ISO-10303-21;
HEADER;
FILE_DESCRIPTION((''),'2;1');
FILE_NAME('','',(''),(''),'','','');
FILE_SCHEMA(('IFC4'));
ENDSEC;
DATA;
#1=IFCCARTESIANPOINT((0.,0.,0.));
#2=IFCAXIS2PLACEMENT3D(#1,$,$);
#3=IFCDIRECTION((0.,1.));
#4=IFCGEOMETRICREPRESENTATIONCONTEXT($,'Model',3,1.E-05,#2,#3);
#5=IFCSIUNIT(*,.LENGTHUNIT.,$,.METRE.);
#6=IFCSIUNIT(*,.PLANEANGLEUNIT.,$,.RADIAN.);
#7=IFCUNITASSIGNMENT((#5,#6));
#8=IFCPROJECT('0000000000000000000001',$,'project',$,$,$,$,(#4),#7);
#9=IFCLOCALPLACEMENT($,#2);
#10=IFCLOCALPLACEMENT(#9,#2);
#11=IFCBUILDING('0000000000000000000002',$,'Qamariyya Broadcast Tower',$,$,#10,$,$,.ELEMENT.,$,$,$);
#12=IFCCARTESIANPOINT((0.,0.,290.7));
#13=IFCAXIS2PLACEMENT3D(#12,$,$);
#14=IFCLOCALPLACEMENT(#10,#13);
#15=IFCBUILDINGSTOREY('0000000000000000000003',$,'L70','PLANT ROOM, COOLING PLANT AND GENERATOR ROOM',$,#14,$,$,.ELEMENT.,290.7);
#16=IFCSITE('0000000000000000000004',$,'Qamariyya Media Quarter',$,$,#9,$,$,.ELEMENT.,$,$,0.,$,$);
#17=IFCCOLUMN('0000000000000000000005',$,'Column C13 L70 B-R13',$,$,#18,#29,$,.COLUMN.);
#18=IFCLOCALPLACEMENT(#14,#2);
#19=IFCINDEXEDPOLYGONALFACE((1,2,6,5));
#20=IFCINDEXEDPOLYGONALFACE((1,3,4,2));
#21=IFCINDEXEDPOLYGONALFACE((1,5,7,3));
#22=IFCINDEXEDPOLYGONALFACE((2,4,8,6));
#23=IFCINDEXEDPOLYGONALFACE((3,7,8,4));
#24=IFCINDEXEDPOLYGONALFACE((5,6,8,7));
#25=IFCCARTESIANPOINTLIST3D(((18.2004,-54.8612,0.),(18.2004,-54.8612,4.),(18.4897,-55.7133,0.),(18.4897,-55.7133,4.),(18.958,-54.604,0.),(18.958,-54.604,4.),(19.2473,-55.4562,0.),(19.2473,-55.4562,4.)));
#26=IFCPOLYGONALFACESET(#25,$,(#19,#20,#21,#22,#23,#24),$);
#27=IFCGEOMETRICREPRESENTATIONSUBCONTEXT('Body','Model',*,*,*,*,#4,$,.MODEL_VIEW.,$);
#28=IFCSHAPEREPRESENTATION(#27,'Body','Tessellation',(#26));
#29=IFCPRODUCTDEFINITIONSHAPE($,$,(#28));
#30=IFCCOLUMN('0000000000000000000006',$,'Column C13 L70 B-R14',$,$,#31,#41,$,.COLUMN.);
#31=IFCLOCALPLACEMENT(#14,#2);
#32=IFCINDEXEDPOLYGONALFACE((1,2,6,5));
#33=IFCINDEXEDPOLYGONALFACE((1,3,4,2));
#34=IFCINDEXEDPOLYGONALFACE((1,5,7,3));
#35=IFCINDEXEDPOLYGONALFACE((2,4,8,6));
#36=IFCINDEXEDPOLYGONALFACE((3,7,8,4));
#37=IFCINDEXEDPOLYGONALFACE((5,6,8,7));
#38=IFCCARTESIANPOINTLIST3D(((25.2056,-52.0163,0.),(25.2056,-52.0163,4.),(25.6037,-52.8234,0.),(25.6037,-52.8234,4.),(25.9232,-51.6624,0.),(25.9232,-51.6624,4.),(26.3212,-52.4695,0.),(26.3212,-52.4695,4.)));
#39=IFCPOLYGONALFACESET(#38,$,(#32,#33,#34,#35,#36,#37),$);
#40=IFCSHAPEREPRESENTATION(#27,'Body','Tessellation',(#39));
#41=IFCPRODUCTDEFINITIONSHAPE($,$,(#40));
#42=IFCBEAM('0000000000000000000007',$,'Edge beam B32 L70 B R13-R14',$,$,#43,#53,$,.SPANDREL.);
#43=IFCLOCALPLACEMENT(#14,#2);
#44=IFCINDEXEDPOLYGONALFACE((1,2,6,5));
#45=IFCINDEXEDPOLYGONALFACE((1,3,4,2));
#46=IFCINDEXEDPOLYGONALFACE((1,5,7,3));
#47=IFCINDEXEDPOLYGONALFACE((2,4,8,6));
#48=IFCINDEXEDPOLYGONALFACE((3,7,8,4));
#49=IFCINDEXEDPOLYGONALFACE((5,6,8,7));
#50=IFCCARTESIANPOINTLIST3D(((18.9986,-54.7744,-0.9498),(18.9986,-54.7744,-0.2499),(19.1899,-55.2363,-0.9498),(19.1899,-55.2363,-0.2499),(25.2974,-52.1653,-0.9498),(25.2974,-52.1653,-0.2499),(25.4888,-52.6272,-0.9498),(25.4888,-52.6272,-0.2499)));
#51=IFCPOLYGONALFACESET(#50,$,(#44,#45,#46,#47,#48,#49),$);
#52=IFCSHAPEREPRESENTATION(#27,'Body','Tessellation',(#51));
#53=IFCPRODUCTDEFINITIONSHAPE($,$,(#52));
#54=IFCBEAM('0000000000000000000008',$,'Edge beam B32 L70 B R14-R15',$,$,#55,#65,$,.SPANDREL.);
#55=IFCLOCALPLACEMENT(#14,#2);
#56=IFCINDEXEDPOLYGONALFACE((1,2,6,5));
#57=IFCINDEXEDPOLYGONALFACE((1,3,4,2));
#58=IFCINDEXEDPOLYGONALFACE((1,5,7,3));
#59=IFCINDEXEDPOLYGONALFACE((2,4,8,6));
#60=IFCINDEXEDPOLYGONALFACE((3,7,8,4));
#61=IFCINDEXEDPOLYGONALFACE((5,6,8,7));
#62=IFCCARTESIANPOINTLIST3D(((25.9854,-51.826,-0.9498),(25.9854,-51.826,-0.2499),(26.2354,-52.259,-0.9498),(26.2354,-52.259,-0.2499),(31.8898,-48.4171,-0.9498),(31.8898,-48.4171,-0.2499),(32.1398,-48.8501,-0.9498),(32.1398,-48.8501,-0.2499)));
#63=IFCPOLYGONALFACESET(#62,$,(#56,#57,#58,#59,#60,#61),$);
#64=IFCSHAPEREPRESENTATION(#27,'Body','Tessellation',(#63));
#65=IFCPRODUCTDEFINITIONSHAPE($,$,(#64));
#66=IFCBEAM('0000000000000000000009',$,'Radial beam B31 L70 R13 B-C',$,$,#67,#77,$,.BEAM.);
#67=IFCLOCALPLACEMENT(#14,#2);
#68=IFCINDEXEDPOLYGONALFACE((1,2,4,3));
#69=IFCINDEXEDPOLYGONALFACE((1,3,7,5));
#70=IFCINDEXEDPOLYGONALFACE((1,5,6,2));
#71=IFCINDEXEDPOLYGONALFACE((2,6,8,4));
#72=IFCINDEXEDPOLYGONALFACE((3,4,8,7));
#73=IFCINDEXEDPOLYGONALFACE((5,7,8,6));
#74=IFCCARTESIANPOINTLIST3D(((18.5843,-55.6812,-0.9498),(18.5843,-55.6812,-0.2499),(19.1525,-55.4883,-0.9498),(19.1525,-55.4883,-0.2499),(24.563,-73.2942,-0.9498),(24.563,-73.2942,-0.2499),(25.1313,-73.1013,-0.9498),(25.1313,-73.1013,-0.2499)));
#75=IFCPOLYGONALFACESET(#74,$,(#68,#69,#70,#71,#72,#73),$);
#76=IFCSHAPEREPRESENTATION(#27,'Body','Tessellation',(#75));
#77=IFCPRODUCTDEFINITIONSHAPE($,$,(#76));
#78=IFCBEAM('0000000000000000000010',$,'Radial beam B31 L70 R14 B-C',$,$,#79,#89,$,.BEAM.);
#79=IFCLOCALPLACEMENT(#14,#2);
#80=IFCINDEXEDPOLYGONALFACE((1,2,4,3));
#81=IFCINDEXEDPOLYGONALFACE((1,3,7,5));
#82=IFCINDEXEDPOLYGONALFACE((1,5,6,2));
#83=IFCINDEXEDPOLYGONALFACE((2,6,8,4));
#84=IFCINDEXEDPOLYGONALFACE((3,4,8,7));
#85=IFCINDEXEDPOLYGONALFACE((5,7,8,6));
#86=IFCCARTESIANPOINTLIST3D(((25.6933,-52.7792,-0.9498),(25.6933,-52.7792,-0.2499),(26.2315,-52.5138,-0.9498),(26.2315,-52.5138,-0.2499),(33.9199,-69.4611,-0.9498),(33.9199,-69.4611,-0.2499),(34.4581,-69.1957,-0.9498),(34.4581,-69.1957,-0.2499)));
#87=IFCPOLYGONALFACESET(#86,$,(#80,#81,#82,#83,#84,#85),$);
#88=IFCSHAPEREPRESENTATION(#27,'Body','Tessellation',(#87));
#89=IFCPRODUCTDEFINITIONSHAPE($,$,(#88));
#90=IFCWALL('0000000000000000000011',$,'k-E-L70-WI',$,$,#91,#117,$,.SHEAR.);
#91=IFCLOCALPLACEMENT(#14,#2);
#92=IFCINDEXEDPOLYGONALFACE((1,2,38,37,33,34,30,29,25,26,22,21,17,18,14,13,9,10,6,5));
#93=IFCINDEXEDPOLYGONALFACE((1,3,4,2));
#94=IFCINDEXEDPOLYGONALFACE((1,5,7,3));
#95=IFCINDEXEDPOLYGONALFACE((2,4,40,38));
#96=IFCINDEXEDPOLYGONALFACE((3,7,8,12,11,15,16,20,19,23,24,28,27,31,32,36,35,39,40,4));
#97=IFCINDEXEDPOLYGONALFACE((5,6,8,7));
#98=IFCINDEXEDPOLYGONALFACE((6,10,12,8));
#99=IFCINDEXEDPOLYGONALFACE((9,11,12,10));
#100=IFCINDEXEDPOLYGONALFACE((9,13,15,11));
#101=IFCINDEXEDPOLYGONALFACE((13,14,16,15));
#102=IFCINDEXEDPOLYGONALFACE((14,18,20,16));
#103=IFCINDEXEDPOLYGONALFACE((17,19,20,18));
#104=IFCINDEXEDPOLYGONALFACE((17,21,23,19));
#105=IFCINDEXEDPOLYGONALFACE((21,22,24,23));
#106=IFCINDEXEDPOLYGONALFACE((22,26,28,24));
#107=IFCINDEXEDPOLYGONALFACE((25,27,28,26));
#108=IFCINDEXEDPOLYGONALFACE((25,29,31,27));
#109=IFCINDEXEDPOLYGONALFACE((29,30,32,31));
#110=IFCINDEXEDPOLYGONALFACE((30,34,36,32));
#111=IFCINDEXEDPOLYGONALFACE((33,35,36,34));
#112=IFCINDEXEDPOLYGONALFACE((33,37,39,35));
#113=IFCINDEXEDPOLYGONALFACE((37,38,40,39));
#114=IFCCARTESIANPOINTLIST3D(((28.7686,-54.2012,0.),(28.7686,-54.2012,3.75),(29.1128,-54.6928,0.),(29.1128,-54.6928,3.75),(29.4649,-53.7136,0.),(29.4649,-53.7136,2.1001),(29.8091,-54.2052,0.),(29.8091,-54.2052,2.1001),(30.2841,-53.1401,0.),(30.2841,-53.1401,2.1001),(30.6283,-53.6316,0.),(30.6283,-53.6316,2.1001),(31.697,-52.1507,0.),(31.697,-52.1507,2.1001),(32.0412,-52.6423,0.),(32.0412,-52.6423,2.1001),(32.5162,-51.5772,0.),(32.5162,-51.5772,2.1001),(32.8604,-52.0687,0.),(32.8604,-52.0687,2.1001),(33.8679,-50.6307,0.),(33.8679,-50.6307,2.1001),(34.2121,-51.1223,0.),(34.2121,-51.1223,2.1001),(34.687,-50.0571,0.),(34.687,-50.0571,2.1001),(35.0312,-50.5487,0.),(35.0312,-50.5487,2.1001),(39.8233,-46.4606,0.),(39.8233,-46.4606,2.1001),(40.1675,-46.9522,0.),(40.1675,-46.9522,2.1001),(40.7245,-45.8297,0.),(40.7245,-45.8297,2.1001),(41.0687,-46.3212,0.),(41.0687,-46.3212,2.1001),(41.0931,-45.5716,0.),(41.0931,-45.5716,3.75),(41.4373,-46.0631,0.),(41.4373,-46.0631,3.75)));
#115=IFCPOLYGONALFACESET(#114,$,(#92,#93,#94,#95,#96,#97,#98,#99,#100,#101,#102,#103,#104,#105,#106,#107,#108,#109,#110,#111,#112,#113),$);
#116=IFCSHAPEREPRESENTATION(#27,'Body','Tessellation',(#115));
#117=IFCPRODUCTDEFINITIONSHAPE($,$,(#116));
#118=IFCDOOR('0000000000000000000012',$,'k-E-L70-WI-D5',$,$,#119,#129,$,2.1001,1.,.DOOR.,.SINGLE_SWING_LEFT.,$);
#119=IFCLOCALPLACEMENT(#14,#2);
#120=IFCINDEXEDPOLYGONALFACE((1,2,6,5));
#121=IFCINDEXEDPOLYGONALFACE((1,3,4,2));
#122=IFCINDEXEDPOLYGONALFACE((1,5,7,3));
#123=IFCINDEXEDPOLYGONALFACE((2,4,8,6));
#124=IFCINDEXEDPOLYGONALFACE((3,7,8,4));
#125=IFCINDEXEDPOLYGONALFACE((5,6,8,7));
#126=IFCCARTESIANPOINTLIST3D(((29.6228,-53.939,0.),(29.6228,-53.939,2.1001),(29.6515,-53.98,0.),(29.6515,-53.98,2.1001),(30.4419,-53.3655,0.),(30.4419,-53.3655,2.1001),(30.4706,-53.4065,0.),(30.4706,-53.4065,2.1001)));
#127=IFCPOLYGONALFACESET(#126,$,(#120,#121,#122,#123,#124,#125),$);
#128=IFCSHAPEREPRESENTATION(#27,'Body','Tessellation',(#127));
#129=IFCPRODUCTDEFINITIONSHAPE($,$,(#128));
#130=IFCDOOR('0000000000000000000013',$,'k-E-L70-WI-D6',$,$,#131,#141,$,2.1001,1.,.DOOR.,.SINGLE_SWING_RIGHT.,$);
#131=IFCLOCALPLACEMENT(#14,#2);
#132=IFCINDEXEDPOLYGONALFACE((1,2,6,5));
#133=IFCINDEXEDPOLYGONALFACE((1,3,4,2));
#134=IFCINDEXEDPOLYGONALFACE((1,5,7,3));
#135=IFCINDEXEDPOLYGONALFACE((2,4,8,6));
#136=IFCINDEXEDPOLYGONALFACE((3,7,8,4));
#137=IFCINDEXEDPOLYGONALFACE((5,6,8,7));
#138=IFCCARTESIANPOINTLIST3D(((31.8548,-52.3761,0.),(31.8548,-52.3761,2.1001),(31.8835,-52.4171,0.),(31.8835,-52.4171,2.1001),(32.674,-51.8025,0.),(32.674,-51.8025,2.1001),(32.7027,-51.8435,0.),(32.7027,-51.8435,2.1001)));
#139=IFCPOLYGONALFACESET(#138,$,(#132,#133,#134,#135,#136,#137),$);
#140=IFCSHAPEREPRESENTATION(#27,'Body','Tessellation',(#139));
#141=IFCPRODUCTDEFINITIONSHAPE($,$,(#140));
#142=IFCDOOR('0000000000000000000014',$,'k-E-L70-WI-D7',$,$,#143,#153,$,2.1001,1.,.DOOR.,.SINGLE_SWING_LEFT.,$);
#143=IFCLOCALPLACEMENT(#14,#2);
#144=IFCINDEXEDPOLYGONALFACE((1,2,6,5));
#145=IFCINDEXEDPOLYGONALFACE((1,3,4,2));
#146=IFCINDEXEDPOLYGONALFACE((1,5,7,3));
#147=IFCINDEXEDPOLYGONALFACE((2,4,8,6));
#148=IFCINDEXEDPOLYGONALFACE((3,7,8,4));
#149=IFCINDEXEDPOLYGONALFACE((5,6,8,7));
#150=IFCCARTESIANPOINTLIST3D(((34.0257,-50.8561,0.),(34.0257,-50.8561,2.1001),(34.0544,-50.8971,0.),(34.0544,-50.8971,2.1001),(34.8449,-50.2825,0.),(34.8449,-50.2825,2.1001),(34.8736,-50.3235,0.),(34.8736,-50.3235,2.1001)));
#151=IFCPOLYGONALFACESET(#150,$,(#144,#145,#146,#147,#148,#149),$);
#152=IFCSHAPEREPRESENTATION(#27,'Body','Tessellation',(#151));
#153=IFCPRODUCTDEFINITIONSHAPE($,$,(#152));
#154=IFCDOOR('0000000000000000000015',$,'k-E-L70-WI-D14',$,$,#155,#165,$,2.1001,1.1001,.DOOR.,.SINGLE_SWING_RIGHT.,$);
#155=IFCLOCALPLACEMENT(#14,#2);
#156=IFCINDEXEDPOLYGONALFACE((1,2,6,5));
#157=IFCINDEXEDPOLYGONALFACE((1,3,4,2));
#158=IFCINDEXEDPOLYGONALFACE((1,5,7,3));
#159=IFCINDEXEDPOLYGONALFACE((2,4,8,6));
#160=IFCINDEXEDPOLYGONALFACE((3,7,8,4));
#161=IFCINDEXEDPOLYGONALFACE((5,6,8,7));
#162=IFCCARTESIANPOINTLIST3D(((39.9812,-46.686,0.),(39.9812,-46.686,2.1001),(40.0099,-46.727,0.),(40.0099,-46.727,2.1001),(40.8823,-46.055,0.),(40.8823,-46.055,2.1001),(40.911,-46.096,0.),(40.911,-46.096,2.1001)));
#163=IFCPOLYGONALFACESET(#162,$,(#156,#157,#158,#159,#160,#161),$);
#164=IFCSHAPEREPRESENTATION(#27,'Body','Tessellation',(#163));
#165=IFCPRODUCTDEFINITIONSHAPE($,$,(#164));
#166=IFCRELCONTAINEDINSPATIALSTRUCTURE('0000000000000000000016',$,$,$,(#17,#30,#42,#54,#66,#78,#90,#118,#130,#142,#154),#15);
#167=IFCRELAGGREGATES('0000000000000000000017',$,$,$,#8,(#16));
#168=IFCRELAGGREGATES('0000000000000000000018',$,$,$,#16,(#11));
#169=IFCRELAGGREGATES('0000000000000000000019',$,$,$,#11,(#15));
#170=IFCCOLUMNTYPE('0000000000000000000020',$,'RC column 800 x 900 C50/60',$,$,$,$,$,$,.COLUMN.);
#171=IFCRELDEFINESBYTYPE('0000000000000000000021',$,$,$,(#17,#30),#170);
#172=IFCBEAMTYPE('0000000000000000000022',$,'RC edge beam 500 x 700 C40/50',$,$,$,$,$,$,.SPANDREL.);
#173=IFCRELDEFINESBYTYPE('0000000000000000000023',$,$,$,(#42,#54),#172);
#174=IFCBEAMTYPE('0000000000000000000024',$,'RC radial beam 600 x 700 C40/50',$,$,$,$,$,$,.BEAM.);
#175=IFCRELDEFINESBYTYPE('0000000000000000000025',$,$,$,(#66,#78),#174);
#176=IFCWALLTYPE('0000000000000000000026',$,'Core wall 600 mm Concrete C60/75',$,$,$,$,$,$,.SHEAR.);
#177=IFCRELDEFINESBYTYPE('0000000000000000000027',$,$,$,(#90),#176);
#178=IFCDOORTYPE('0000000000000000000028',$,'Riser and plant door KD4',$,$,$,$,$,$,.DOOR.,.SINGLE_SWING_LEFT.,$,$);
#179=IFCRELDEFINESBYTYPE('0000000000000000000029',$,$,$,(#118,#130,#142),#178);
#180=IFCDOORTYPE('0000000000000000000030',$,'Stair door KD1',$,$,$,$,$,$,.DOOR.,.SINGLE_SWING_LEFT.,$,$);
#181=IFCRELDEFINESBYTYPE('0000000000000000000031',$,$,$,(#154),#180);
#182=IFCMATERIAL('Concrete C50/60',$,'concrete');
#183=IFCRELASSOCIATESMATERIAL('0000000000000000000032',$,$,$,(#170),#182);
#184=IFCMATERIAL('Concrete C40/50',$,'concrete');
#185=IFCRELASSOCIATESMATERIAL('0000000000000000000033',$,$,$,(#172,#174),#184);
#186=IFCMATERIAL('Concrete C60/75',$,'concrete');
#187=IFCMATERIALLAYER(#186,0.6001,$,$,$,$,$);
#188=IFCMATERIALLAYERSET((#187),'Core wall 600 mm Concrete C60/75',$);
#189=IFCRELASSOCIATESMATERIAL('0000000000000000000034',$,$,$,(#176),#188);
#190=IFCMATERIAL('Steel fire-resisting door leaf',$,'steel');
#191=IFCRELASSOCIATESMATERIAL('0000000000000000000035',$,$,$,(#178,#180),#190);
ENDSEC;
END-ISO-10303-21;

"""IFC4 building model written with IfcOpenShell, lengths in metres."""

from ifc_helpers import new_model, si_unit, direction, frame, frame_2d, origin, origin_2d, place, context, subcontext, project, spatial, rectangle, extrude, material, layer, layer_set, material_profile, profile_set, type_object, element, fill, save


model = new_model("IFC4")

# Units and contexts
model_context = context("Model", 3, precision=1e-05, world=origin(), true_north=direction((0.0, 1.0)))
body_context = subcontext(model_context, "Body", "Model", "MODEL_VIEW")
ifc_project = project(units=[si_unit("LENGTHUNIT", "METRE"), si_unit("PLANEANGLEUNIT", "RADIAN")], contexts=[model_context])

# Site, building, storey
site_placement = place(None, origin())
site = spatial("IfcSite", under=ifc_project, at=site_placement, Name="Qamariyya Media Quarter", CompositionType="ELEMENT", RefElevation=0.0)
building_placement = place(site_placement, origin())
building = spatial("IfcBuilding", under=site, at=building_placement, Name="Qamariyya Broadcast Tower", CompositionType="ELEMENT")
storey_placement = place(building_placement, frame((0.0, 0.0, 290.7)))
storey = spatial("IfcBuildingStorey", under=building, at=storey_placement, Name="L70", Description="PLANT ROOM, COOLING PLANT AND GENERATOR ROOM", CompositionType="ELEMENT", Elevation=290.7)

# Columns
ifc_material_1 = material(Name="Concrete C50/60", Category="concrete")
ifc_material_profile_1 = material_profile(ifc_material_1, rectangle(XDim=0.8, YDim=0.8999, at=origin_2d()))
ifc_profile_set_1 = profile_set([ifc_material_profile_1], Name="Concrete C50/60")
column_type = type_object("IfcColumnType", Name="RC column 800 x 900 C50/60", PredefinedType="COLUMN", material=ifc_profile_set_1)
for number, where, z_axis, x_axis, name in (
    (1, (18.7239, -55.1587, 0.0), (0.0, 0.0, 1.0), (0.94693, 0.321439, 0.0), "Column C13 L70 B-R13"),
    (2, (25.7634, -52.2429, 0.0), (0.0, 0.0, 1.0), (0.896873, 0.442289, 0.0), "Column C13 L70 B-R14"),
):
    element("IfcColumn", number, at=place(storey_placement, frame(where, z_axis=z_axis, x_axis=x_axis)), inside=storey, type_object=column_type, Name=name, PredefinedType="COLUMN", context=body_context, shape_type="SweptSolid", body=[
        extrude(rectangle(XDim=0.8, YDim=0.8999, at=origin_2d()), origin(), (0.0, 0.0, 1.0), 4.0),
    ])

# Beams
ifc_material_2 = material(Name="Concrete C40/50", Category="concrete")
ifc_material_profile_2 = material_profile(ifc_material_2, rectangle(XDim=0.5, YDim=0.7, at=origin_2d()))
ifc_profile_set_2 = profile_set([ifc_material_profile_2], Name="Concrete C40/50")
beam_type_1 = type_object("IfcBeamType", Name="RC edge beam 500 x 700 C40/50", PredefinedType="SPANDREL", material=ifc_profile_set_2)
for number, where, z_axis, x_axis, name in (
    (3, (19.0942, -55.0054, -0.5999), (0.923876, 0.382692, 0.0), (-0.382692, 0.923876, 0.0), "Edge beam B32 L70 B R13-R14"),
    (4, (26.1104, -52.0425, -0.5999), (0.866029, 0.499994, 0.0), (-0.499994, 0.866029, 0.0), "Edge beam B32 L70 B R14-R15"),
):
    element("IfcBeam", number, at=place(storey_placement, frame(where, z_axis=z_axis, x_axis=x_axis)), inside=storey, type_object=beam_type_1, Name=name, PredefinedType="SPANDREL", context=body_context, shape_type="SweptSolid", body=[
        extrude(rectangle(XDim=0.5, YDim=0.7, at=origin_2d()), origin(), (0.0, 0.0, 1.0), 6.8179),
    ])
ifc_material_profile_3 = material_profile(ifc_material_2, rectangle(XDim=0.6001, YDim=0.7, at=origin_2d()))
ifc_profile_set_3 = profile_set([ifc_material_profile_3], Name="Concrete C40/50")
beam_type_2 = type_object("IfcBeamType", Name="RC radial beam 600 x 700 C40/50", PredefinedType="BEAM", material=ifc_profile_set_3)
for number, where, z_axis, x_axis, name in (
    (5, (18.8684, -55.5847, -0.5999), (0.321437, -0.946931, 0.0), (0.946931, 0.321437, 0.0), "Radial beam B31 L70 R13 B-C"),
    (6, (25.9624, -52.6465, -0.5999), (0.442287, -0.896873, 0.0), (0.896873, 0.442287, 0.0), "Radial beam B31 L70 R14 B-C"),
):
    element("IfcBeam", number, at=place(storey_placement, frame(where, z_axis=z_axis, x_axis=x_axis)), inside=storey, type_object=beam_type_2, Name=name, PredefinedType="BEAM", context=body_context, shape_type="SweptSolid", body=[
        extrude(rectangle(XDim=0.6001, YDim=0.7, at=origin_2d()), origin(), (0.0, 0.0, 1.0), 18.6001),
    ])

# Wall, openings, doors
ifc_material_3 = material(Name="Concrete C60/75", Category="concrete")
ifc_layer_1 = layer(ifc_material_3, 0.6001)
ifc_layer_set_1 = layer_set([ifc_layer_1], Name="Core wall 600 mm Concrete C60/75")
wall_type_1 = type_object("IfcWallType", Name="Core wall 600 mm Concrete C60/75", PredefinedType="SHEAR", material=ifc_layer_set_1)
wall_1_placement = place(storey_placement, frame((28.9407, -54.447, 0.0), z_axis=(0.0, 0.0, 1.0), x_axis=(0.819153, 0.573575, 0.0)))
wall_1 = element("IfcWall", 7, at=wall_1_placement, inside=storey, type_object=wall_type_1, Name="k-E-L70-WI", PredefinedType="SHEAR", context=body_context, shape_type="SweptSolid", body=[
    extrude(rectangle(XDim=15.0454, YDim=0.6001, at=frame_2d((7.5227, 0.0))), origin(), (0.0, 0.0, 1.0), 3.75),
])
opening_1_placement = place(wall_1_placement, frame((0.8501, 0.0, 0.0)))
opening_1 = element("IfcOpeningElement", 8, at=opening_1_placement, cuts=wall_1, PredefinedType="OPENING", context=body_context, shape_type="SweptSolid", body=[
    extrude(rectangle(XDim=1.0, YDim=2.1001, at=frame_2d((0.5, 1.05))), frame((0.0, 0.3101, 0.0), z_axis=(0.0, -1.0, 0.0), x_axis=(1.0, 0.0, 0.0)), (0.0, 0.0, 1.0), 0.6201),
])
opening_2_placement = place(wall_1_placement, frame((3.575, 0.0, 0.0)))
opening_2 = element("IfcOpeningElement", 9, at=opening_2_placement, cuts=wall_1, PredefinedType="OPENING", context=body_context, shape_type="SweptSolid", body=[
    extrude(rectangle(XDim=1.0, YDim=2.1001, at=frame_2d((0.5, 1.05))), frame((0.0, 0.3101, 0.0), z_axis=(0.0, -1.0, 0.0), x_axis=(1.0, 0.0, 0.0)), (0.0, 0.0, 1.0), 0.6201),
])
opening_3_placement = place(wall_1_placement, frame((6.2251, 0.0, 0.0)))
opening_3 = element("IfcOpeningElement", 10, at=opening_3_placement, cuts=wall_1, PredefinedType="OPENING", context=body_context, shape_type="SweptSolid", body=[
    extrude(rectangle(XDim=1.0, YDim=2.1001, at=frame_2d((0.5, 1.05))), frame((0.0, 0.3101, 0.0), z_axis=(0.0, -1.0, 0.0), x_axis=(1.0, 0.0, 0.0)), (0.0, 0.0, 1.0), 0.6201),
])
opening_4_placement = place(wall_1_placement, frame((13.4954, 0.0, 0.0)))
opening_4 = element("IfcOpeningElement", 11, at=opening_4_placement, cuts=wall_1, PredefinedType="OPENING", context=body_context, shape_type="SweptSolid", body=[
    extrude(rectangle(XDim=1.1001, YDim=2.1001, at=frame_2d((0.55, 1.05))), frame((0.0, 0.3101, 0.0), z_axis=(0.0, -1.0, 0.0), x_axis=(1.0, 0.0, 0.0)), (0.0, 0.0, 1.0), 0.6201),
])
ifc_material_4 = material(Name="Steel fire-resisting door leaf", Category="steel")
door_type_1 = type_object("IfcDoorType", Name="Riser and plant door KD4", OperationType="SINGLE_SWING_LEFT", PredefinedType="DOOR", material=ifc_material_4)
door_1_placement = place(opening_1_placement, origin())
door_1 = element("IfcDoor", 12, at=door_1_placement, inside=storey, type_object=door_type_1, Name="k-E-L70-WI-D5", OperationType="SINGLE_SWING_LEFT", OverallHeight=2.1001, OverallWidth=1.0, PredefinedType="DOOR", context=body_context, shape_type="SweptSolid", body=[
    extrude(rectangle(XDim=1.0, YDim=2.1001, at=frame_2d((0.5, 1.05))), frame((0.0, 0.0249, 0.0), z_axis=(0.0, -1.0, 0.0), x_axis=(1.0, 0.0, 0.0)), (0.0, 0.0, 1.0), 0.05),
])
fill(opening_1, door_1)
door_2_placement = place(opening_2_placement, origin())
door_2 = element("IfcDoor", 13, at=door_2_placement, inside=storey, type_object=door_type_1, Name="k-E-L70-WI-D6", OperationType="SINGLE_SWING_RIGHT", OverallHeight=2.1001, OverallWidth=1.0, PredefinedType="DOOR", context=body_context, shape_type="SweptSolid", body=[
    extrude(rectangle(XDim=1.0, YDim=2.1001, at=frame_2d((0.5, 1.05))), frame((0.0, 0.0249, 0.0), z_axis=(0.0, -1.0, 0.0), x_axis=(1.0, 0.0, 0.0)), (0.0, 0.0, 1.0), 0.05),
])
fill(opening_2, door_2)
door_3_placement = place(opening_3_placement, origin())
door_3 = element("IfcDoor", 14, at=door_3_placement, inside=storey, type_object=door_type_1, Name="k-E-L70-WI-D7", OperationType="SINGLE_SWING_LEFT", OverallHeight=2.1001, OverallWidth=1.0, PredefinedType="DOOR", context=body_context, shape_type="SweptSolid", body=[
    extrude(rectangle(XDim=1.0, YDim=2.1001, at=frame_2d((0.5, 1.05))), frame((0.0, 0.0249, 0.0), z_axis=(0.0, -1.0, 0.0), x_axis=(1.0, 0.0, 0.0)), (0.0, 0.0, 1.0), 0.05),
])
fill(opening_3, door_3)
door_type_2 = type_object("IfcDoorType", Name="Stair door KD1", OperationType="SINGLE_SWING_LEFT", PredefinedType="DOOR", material=ifc_material_4)
door_4_placement = place(opening_4_placement, origin())
door_4 = element("IfcDoor", 15, at=door_4_placement, inside=storey, type_object=door_type_2, Name="k-E-L70-WI-D14", OperationType="SINGLE_SWING_RIGHT", OverallHeight=2.1001, OverallWidth=1.1001, PredefinedType="DOOR", context=body_context, shape_type="SweptSolid", body=[
    extrude(rectangle(XDim=1.1001, YDim=2.1001, at=frame_2d((0.55, 1.05))), frame((0.0, 0.0249, 0.0), z_axis=(0.0, -1.0, 0.0), x_axis=(1.0, 0.0, 0.0)), (0.0, 0.0, 1.0), 0.05),
])
fill(opening_4, door_4)

save(model, "model.ifc")
